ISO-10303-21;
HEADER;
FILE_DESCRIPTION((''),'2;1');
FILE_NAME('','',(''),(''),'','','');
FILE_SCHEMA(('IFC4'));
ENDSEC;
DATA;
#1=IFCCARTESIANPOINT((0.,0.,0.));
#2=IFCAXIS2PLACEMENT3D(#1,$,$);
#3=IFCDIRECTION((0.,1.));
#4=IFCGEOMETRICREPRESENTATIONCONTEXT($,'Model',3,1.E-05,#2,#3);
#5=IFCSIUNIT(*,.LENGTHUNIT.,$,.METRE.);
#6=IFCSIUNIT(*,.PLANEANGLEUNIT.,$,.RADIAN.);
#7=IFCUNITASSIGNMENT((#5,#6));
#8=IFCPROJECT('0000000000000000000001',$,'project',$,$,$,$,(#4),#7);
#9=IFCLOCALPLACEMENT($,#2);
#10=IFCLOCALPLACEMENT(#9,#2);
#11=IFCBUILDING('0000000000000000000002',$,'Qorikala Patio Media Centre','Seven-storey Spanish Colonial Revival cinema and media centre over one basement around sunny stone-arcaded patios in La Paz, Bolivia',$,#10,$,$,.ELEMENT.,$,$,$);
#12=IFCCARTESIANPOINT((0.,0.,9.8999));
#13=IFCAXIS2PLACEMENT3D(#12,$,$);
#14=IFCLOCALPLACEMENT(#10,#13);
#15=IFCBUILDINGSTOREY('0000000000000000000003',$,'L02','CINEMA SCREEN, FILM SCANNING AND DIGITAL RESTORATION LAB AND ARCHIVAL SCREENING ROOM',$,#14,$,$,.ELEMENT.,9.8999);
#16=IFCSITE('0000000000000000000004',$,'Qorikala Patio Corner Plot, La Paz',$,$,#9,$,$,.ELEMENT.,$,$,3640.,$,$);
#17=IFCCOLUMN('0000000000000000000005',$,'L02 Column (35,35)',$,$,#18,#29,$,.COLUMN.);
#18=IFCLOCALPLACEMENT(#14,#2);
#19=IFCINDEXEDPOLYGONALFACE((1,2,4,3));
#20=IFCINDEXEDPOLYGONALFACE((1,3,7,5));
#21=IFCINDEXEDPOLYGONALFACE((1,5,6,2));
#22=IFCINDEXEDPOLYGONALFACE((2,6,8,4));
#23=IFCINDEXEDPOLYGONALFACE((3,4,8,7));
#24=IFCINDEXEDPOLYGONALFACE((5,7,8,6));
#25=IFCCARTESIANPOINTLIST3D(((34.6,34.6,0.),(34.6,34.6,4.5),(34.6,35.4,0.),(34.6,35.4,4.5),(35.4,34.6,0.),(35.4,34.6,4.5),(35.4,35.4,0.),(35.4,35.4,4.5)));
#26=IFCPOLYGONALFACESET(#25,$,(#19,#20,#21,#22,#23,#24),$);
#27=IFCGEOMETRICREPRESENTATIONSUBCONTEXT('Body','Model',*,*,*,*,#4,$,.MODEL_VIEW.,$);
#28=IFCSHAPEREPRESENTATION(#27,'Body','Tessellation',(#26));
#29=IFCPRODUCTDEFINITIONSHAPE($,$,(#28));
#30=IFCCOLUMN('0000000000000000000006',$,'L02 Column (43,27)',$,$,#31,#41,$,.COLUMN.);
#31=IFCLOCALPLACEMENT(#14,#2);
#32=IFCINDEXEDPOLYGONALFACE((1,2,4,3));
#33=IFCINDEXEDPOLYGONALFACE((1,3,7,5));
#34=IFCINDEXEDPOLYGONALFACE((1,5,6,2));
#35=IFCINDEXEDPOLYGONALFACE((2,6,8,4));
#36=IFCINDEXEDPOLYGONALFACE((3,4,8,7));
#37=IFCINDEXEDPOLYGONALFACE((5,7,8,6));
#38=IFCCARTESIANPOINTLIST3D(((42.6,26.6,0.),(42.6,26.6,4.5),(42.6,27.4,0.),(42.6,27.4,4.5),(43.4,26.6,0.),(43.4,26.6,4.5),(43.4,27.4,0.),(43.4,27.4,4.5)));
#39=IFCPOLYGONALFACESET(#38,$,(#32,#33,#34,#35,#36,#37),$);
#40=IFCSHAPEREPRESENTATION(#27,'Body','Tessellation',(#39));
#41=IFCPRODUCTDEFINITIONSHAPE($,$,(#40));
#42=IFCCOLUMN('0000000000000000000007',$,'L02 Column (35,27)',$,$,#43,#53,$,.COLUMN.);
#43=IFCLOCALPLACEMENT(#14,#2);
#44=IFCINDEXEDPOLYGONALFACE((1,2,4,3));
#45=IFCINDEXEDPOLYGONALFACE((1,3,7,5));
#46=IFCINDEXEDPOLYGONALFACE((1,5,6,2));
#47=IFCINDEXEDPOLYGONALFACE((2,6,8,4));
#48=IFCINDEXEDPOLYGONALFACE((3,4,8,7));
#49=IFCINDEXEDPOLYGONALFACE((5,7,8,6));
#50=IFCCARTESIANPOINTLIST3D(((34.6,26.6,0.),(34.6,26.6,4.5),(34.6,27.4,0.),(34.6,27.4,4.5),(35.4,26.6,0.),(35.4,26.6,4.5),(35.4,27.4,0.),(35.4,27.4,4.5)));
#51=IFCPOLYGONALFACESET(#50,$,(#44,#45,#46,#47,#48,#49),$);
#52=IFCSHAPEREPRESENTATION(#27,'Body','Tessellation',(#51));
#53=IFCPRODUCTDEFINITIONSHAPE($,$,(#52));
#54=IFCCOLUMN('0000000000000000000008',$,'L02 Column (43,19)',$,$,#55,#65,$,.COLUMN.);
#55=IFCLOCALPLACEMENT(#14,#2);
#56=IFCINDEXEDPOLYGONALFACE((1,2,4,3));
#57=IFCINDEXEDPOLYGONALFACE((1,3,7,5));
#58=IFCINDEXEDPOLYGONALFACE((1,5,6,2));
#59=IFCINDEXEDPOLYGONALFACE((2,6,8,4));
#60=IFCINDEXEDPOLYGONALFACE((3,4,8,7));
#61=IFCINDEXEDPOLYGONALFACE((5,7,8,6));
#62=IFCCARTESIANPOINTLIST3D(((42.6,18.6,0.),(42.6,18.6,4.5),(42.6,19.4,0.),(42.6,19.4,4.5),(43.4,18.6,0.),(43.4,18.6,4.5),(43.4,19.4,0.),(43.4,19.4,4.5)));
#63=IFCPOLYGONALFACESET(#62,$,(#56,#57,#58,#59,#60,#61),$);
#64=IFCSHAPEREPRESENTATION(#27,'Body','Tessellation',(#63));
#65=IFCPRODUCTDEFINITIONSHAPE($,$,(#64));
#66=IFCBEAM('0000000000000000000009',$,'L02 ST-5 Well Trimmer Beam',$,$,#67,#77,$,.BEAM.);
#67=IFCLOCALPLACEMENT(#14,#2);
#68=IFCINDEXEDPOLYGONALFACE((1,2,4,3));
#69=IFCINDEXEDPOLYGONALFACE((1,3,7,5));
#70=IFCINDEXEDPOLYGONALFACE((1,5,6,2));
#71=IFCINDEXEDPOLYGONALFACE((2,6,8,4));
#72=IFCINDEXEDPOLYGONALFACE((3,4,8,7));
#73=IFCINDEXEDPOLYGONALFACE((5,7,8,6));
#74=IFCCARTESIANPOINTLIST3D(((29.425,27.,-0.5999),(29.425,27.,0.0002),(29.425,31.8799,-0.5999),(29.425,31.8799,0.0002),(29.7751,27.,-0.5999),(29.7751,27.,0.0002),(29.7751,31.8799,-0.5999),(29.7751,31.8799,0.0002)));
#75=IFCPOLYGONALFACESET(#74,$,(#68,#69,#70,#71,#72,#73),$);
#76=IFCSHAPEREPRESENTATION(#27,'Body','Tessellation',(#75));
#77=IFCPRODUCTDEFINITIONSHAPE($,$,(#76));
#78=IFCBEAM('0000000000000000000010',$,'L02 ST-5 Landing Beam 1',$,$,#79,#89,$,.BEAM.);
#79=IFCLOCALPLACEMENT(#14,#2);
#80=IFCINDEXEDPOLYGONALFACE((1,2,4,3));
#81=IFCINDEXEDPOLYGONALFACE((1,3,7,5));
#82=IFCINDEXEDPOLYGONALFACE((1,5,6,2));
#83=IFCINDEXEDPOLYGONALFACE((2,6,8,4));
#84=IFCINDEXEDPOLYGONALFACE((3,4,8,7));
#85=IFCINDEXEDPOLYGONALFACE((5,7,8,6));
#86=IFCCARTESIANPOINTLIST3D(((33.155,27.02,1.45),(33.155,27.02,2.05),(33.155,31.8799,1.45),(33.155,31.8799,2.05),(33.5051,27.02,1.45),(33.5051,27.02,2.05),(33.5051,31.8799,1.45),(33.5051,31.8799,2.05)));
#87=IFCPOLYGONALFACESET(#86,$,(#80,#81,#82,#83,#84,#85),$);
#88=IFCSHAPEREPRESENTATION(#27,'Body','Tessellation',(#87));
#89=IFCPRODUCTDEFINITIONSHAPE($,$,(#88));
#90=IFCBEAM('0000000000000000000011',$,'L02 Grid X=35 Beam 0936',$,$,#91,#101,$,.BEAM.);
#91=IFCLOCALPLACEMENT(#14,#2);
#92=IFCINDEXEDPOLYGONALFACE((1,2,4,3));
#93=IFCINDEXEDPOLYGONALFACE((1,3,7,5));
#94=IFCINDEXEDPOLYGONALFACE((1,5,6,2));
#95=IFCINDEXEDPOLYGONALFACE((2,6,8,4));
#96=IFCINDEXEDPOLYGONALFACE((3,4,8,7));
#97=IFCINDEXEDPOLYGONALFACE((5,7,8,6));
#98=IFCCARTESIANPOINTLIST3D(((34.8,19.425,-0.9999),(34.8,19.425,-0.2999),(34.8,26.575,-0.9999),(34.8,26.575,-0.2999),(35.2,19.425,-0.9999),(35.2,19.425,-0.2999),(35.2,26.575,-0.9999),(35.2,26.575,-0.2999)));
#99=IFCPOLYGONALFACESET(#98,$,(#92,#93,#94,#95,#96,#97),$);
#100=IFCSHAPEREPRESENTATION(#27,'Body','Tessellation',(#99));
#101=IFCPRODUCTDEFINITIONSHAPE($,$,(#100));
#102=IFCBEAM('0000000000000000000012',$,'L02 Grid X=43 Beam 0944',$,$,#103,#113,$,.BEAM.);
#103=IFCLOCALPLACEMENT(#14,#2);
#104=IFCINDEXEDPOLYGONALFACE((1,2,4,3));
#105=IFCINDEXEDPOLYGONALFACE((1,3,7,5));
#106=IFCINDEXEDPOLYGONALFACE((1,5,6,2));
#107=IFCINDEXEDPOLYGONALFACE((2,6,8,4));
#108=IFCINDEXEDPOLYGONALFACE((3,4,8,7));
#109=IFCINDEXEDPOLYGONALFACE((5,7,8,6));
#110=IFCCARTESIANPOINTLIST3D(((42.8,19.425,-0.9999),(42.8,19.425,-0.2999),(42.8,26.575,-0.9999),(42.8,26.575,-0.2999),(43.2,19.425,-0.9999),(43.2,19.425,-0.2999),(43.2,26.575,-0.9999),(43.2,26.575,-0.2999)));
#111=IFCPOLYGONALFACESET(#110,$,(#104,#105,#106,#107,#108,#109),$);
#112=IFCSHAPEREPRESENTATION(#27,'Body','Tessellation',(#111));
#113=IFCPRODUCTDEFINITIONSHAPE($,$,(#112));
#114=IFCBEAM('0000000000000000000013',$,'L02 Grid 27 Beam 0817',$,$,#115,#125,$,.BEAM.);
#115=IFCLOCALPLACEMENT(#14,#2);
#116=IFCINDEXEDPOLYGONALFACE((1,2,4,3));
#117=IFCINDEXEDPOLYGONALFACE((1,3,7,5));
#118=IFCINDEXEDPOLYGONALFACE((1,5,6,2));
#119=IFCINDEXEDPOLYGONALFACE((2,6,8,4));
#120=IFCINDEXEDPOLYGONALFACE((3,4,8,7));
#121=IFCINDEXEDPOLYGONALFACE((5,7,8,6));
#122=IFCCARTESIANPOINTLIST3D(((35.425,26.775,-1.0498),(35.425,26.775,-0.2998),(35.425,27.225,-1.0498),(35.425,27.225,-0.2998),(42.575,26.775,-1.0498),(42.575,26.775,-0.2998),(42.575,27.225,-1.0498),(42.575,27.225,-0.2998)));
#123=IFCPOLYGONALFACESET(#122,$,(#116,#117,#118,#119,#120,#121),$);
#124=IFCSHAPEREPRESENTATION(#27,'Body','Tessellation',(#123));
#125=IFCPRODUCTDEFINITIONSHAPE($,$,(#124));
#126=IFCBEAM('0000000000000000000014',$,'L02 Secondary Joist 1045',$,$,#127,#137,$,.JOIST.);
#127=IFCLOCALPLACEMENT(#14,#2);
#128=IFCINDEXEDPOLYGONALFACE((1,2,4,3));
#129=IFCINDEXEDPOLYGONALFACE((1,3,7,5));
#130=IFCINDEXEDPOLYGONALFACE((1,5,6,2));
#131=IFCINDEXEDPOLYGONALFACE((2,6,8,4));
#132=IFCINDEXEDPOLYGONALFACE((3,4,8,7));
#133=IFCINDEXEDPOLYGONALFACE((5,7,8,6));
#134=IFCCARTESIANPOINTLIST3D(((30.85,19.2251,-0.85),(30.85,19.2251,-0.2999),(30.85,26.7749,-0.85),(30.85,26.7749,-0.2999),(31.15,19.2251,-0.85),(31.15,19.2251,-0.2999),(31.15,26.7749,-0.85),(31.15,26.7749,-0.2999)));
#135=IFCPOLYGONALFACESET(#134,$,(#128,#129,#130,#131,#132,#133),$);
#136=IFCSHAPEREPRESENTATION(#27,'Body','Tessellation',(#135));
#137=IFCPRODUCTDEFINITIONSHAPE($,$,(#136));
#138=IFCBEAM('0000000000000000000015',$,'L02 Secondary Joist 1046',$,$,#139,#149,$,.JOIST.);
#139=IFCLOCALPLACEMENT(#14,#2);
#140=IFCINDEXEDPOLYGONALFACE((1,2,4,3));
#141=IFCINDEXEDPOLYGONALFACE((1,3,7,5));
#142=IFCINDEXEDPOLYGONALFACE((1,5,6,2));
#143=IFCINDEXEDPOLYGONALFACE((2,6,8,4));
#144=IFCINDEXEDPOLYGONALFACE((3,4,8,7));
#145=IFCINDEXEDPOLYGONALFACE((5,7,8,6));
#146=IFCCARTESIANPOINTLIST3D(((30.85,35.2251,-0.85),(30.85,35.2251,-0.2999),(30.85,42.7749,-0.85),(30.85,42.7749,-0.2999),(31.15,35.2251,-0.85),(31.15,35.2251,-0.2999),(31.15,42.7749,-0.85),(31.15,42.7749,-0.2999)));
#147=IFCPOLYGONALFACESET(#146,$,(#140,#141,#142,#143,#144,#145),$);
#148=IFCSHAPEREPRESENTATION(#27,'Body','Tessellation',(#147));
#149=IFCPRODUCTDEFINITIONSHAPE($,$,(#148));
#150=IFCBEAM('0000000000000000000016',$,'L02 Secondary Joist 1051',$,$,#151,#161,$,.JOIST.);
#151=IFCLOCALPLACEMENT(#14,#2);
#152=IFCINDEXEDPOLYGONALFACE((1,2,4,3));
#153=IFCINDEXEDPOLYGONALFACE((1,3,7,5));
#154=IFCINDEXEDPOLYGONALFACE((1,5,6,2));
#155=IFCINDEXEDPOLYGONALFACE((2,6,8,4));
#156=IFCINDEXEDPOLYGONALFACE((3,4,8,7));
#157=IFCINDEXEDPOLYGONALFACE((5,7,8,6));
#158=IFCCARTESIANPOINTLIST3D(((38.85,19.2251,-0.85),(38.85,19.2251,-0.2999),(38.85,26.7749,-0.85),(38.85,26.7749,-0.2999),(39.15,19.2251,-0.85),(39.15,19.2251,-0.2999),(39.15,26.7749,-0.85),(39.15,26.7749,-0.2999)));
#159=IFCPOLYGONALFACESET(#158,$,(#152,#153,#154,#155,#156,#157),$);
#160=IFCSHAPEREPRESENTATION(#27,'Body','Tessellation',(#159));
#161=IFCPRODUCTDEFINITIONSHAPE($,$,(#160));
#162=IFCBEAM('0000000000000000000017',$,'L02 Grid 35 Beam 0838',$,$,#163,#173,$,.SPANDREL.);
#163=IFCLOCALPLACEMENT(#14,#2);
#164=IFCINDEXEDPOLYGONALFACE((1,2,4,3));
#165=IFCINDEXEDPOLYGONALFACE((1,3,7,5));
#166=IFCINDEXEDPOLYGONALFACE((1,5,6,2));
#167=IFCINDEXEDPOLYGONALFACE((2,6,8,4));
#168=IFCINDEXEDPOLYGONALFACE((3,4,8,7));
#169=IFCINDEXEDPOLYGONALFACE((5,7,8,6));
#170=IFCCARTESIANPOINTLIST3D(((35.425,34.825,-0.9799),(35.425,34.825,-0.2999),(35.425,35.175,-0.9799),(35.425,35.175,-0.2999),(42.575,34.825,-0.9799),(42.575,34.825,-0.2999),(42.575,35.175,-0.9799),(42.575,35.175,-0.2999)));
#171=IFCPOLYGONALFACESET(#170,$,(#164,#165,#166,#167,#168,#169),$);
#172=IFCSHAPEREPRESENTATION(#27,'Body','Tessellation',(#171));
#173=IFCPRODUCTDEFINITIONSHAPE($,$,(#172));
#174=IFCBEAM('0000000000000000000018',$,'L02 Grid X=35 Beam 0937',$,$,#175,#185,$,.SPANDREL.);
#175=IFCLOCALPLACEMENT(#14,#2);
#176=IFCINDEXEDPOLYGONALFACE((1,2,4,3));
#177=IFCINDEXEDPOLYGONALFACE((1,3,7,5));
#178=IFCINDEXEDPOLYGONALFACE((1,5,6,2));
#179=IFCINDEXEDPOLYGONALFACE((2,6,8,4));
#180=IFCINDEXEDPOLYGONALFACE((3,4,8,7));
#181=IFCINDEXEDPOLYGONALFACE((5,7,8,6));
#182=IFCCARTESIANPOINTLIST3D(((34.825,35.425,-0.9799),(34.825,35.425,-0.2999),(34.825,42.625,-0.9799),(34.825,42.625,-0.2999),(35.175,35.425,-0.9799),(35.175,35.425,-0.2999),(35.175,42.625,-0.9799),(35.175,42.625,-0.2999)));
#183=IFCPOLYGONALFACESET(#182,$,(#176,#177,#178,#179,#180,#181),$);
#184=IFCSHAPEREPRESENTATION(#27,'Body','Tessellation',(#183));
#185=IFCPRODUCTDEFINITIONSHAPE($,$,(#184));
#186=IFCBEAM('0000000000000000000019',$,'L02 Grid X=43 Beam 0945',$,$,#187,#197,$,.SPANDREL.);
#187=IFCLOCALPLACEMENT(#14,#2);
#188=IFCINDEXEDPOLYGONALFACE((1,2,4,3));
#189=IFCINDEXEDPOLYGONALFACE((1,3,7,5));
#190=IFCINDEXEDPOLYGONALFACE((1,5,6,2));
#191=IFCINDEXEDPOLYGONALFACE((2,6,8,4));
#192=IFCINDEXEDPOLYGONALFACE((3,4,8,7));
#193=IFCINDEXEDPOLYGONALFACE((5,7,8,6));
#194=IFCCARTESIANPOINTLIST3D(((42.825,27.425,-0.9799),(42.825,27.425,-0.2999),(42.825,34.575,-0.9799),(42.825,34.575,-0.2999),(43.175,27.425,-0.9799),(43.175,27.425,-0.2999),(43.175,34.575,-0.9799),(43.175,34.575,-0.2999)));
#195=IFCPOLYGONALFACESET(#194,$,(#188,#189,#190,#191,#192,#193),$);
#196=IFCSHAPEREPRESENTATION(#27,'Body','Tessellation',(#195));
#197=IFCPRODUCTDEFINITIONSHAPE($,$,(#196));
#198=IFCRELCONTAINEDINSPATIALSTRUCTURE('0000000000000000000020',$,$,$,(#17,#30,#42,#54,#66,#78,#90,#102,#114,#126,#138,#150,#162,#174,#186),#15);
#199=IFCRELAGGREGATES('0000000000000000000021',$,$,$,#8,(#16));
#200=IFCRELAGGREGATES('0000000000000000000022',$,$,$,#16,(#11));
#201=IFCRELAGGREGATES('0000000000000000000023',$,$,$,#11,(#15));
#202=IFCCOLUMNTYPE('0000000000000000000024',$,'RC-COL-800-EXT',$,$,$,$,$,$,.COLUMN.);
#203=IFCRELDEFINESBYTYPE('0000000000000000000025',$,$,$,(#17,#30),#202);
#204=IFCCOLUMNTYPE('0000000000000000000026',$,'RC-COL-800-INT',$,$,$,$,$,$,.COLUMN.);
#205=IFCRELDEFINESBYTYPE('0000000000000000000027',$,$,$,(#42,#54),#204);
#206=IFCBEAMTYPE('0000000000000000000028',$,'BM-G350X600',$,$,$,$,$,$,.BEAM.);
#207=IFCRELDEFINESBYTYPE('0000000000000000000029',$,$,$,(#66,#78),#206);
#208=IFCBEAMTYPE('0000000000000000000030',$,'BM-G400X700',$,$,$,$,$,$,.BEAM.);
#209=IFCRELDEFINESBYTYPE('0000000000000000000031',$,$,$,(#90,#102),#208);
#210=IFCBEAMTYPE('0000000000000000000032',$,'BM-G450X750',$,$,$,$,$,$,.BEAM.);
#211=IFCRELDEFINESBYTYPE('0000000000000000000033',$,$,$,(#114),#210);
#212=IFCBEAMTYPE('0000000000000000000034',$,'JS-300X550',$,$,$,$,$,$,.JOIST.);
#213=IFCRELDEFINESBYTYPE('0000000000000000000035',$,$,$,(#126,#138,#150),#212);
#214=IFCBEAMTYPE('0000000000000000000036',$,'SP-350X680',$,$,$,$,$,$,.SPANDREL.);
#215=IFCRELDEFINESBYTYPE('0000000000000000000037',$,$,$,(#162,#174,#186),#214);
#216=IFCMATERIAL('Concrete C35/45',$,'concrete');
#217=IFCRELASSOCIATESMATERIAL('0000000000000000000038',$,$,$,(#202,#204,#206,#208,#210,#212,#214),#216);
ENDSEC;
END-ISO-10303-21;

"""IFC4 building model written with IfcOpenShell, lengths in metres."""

from ifc_helpers import new_model, si_unit, direction, frame, origin, origin_2d, place, context, subcontext, project, spatial, rectangle, extrude, material, material_profile, profile_set, type_object, element, save


model = new_model("IFC4")

# Units and contexts
model_context = context("Model", 3, precision=1e-05, world=origin(), true_north=direction((0.0, 1.0)))
body_context = subcontext(model_context, "Body", "Model", "MODEL_VIEW")
ifc_project = project(units=[si_unit("LENGTHUNIT", "METRE"), si_unit("PLANEANGLEUNIT", "RADIAN")], contexts=[model_context])

# Site, building, storey
site_placement = place(None, origin())
site = spatial("IfcSite", under=ifc_project, at=site_placement, Name="Qorikala Patio Corner Plot, La Paz", CompositionType="ELEMENT", RefElevation=3640.0)
building_placement = place(site_placement, origin())
building = spatial("IfcBuilding", under=site, at=building_placement, Name="Qorikala Patio Media Centre", Description="Seven-storey Spanish Colonial Revival cinema and media centre over one basement around sunny stone-arcaded patios in La Paz, Bolivia", CompositionType="ELEMENT")
storey_placement = place(building_placement, frame((0.0, 0.0, 9.8999)))
storey = spatial("IfcBuildingStorey", under=building, at=storey_placement, Name="L02", Description="CINEMA SCREEN, FILM SCANNING AND DIGITAL RESTORATION LAB AND ARCHIVAL SCREENING ROOM", CompositionType="ELEMENT", Elevation=9.8999)

# Columns
ifc_material_1 = material(Name="Concrete C35/45", Category="concrete")
ifc_material_profile_1 = material_profile(ifc_material_1, rectangle(XDim=0.8, YDim=0.8, at=origin_2d()), Name="RC 800x800")
ifc_profile_set_1 = profile_set([ifc_material_profile_1], Name="Concrete C35/45")
column_type_1 = type_object("IfcColumnType", Name="RC-COL-800-EXT", PredefinedType="COLUMN", material=ifc_profile_set_1)
for number, where, z_axis, x_axis, name in (
    (1, (35.0, 35.0, 0.0), (0.0, 0.0, 1.0), (1.0, 0.0, 0.0), "L02 Column (35,35)"),
    (2, (43.0, 27.0, 0.0), (0.0, 0.0, 1.0), (1.0, 0.0, 0.0), "L02 Column (43,27)"),
):
    element("IfcColumn", number, at=place(storey_placement, frame(where, z_axis=z_axis, x_axis=x_axis)), inside=storey, type_object=column_type_1, Name=name, PredefinedType="COLUMN", context=body_context, shape_type="SweptSolid", body=[
        extrude(rectangle(XDim=0.8, YDim=0.8, at=origin_2d()), origin(), (0.0, 0.0, 1.0), 4.5),
    ])
ifc_material_profile_2 = material_profile(ifc_material_1, rectangle(XDim=0.8, YDim=0.8, at=origin_2d()), Name="RC 800x800")
ifc_profile_set_2 = profile_set([ifc_material_profile_2], Name="Concrete C35/45")
column_type_2 = type_object("IfcColumnType", Name="RC-COL-800-INT", PredefinedType="COLUMN", material=ifc_profile_set_2)
for number, where, z_axis, x_axis, name in (
    (3, (35.0, 27.0, 0.0), (0.0, 0.0, 1.0), (1.0, 0.0, 0.0), "L02 Column (35,27)"),
    (4, (43.0, 19.0, 0.0), (0.0, 0.0, 1.0), (1.0, 0.0, 0.0), "L02 Column (43,19)"),
):
    element("IfcColumn", number, at=place(storey_placement, frame(where, z_axis=z_axis, x_axis=x_axis)), inside=storey, type_object=column_type_2, Name=name, PredefinedType="COLUMN", context=body_context, shape_type="SweptSolid", body=[
        extrude(rectangle(XDim=0.8, YDim=0.8, at=origin_2d()), origin(), (0.0, 0.0, 1.0), 4.5),
    ])

# Beams
ifc_material_profile_3 = material_profile(ifc_material_1, rectangle(XDim=0.3501, YDim=0.6001, at=origin_2d()), Name="RC 350x600")
ifc_profile_set_3 = profile_set([ifc_material_profile_3], Name="Concrete C35/45")
beam_type_1 = type_object("IfcBeamType", Name="BM-G350X600", PredefinedType="BEAM", material=ifc_profile_set_3)
beam_1_placement = place(storey_placement, frame((29.6001, 27.0, -0.2998), z_axis=(0.0, 1.0, 0.0), x_axis=(-1.0, 0.0, 0.0)))
element("IfcBeam", 5, at=beam_1_placement, inside=storey, type_object=beam_type_1, Name="L02 ST-5 Well Trimmer Beam", PredefinedType="BEAM", context=body_context, shape_type="SweptSolid", body=[
    extrude(rectangle(XDim=0.3501, YDim=0.6001, at=origin_2d()), origin(), (0.0, 0.0, 1.0), 4.8799),
])
beam_2_placement = place(storey_placement, frame((33.3301, 27.02, 1.75), z_axis=(0.0, 1.0, 0.0), x_axis=(-1.0, 0.0, 0.0)))
element("IfcBeam", 6, at=beam_2_placement, inside=storey, type_object=beam_type_1, Name="L02 ST-5 Landing Beam 1", PredefinedType="BEAM", context=body_context, shape_type="SweptSolid", body=[
    extrude(rectangle(XDim=0.3501, YDim=0.6001, at=origin_2d()), origin(), (0.0, 0.0, 1.0), 4.8599),
])
ifc_material_profile_4 = material_profile(ifc_material_1, rectangle(XDim=0.3999, YDim=0.7, at=origin_2d()), Name="RC 400x700")
ifc_profile_set_4 = profile_set([ifc_material_profile_4], Name="Concrete C35/45")
beam_type_2 = type_object("IfcBeamType", Name="BM-G400X700", PredefinedType="BEAM", material=ifc_profile_set_4)
for number, where, z_axis, x_axis, name in (
    (7, (35.0, 19.425, -0.6499), (0.0, 1.0, 0.0), (-1.0, 0.0, 0.0), "L02 Grid X=35 Beam 0936"),
    (8, (43.0, 19.425, -0.6499), (0.0, 1.0, 0.0), (-1.0, 0.0, 0.0), "L02 Grid X=43 Beam 0944"),
):
    element("IfcBeam", number, at=place(storey_placement, frame(where, z_axis=z_axis, x_axis=x_axis)), inside=storey, type_object=beam_type_2, Name=name, PredefinedType="BEAM", context=body_context, shape_type="SweptSolid", body=[
        extrude(rectangle(XDim=0.3999, YDim=0.7, at=origin_2d()), origin(), (0.0, 0.0, 1.0), 7.1499),
    ])
ifc_material_profile_5 = material_profile(ifc_material_1, rectangle(XDim=0.45, YDim=0.75, at=origin_2d()), Name="RC 450x750")
ifc_profile_set_5 = profile_set([ifc_material_profile_5], Name="Concrete C35/45")
beam_type_3 = type_object("IfcBeamType", Name="BM-G450X750", PredefinedType="BEAM", material=ifc_profile_set_5)
beam_3_placement = place(storey_placement, frame((35.425, 27.0, -0.6748), z_axis=(1.0, 0.0, 0.0), x_axis=(0.0, 1.0, 0.0)))
element("IfcBeam", 9, at=beam_3_placement, inside=storey, type_object=beam_type_3, Name="L02 Grid 27 Beam 0817", PredefinedType="BEAM", context=body_context, shape_type="SweptSolid", body=[
    extrude(rectangle(XDim=0.45, YDim=0.75, at=origin_2d()), origin(), (0.0, 0.0, 1.0), 7.1499),
])
ifc_material_profile_6 = material_profile(ifc_material_1, rectangle(XDim=0.3, YDim=0.55, at=origin_2d()), Name="RC 300x550")
ifc_profile_set_6 = profile_set([ifc_material_profile_6], Name="Concrete C35/45")
beam_type_4 = type_object("IfcBeamType", Name="JS-300X550", PredefinedType="JOIST", material=ifc_profile_set_6)
for number, where, z_axis, x_axis, name in (
    (10, (31.0, 19.2251, -0.575), (0.0, 1.0, 0.0), (-1.0, 0.0, 0.0), "L02 Secondary Joist 1045"),
    (11, (31.0, 35.2251, -0.575), (0.0, 1.0, 0.0), (-1.0, 0.0, 0.0), "L02 Secondary Joist 1046"),
    (12, (39.0, 19.2251, -0.575), (0.0, 1.0, 0.0), (-1.0, 0.0, 0.0), "L02 Secondary Joist 1051"),
):
    element("IfcBeam", number, at=place(storey_placement, frame(where, z_axis=z_axis, x_axis=x_axis)), inside=storey, type_object=beam_type_4, Name=name, PredefinedType="JOIST", context=body_context, shape_type="SweptSolid", body=[
        extrude(rectangle(XDim=0.3, YDim=0.55, at=origin_2d()), origin(), (0.0, 0.0, 1.0), 7.5498),
    ])
ifc_material_profile_7 = material_profile(ifc_material_1, rectangle(XDim=0.3501, YDim=0.6799, at=origin_2d()), Name="RC 350x680")
ifc_profile_set_7 = profile_set([ifc_material_profile_7], Name="Concrete C35/45")
beam_type_5 = type_object("IfcBeamType", Name="SP-350X680", PredefinedType="SPANDREL", material=ifc_profile_set_7)
beam_4_placement = place(storey_placement, frame((35.425, 35.0, -0.6399), z_axis=(1.0, 0.0, 0.0), x_axis=(0.0, 1.0, 0.0)))
element("IfcBeam", 13, at=beam_4_placement, inside=storey, type_object=beam_type_5, Name="L02 Grid 35 Beam 0838", PredefinedType="SPANDREL", context=body_context, shape_type="SweptSolid", body=[
    extrude(rectangle(XDim=0.3501, YDim=0.6799, at=origin_2d()), origin(), (0.0, 0.0, 1.0), 7.1499),
])
beam_5_placement = place(storey_placement, frame((35.0, 35.425, -0.6399), z_axis=(0.0, 1.0, 0.0), x_axis=(-1.0, 0.0, 0.0)))
element("IfcBeam", 14, at=beam_5_placement, inside=storey, type_object=beam_type_5, Name="L02 Grid X=35 Beam 0937", PredefinedType="SPANDREL", context=body_context, shape_type="SweptSolid", body=[
    extrude(rectangle(XDim=0.3501, YDim=0.6799, at=origin_2d()), origin(), (0.0, 0.0, 1.0), 7.2),
])
beam_6_placement = place(storey_placement, frame((43.0, 27.425, -0.6399), z_axis=(0.0, 1.0, 0.0), x_axis=(-1.0, 0.0, 0.0)))
element("IfcBeam", 15, at=beam_6_placement, inside=storey, type_object=beam_type_5, Name="L02 Grid X=43 Beam 0945", PredefinedType="SPANDREL", context=body_context, shape_type="SweptSolid", body=[
    extrude(rectangle(XDim=0.3501, YDim=0.6799, at=origin_2d()), origin(), (0.0, 0.0, 1.0), 7.1499),
])

save(model, "model.ifc")
